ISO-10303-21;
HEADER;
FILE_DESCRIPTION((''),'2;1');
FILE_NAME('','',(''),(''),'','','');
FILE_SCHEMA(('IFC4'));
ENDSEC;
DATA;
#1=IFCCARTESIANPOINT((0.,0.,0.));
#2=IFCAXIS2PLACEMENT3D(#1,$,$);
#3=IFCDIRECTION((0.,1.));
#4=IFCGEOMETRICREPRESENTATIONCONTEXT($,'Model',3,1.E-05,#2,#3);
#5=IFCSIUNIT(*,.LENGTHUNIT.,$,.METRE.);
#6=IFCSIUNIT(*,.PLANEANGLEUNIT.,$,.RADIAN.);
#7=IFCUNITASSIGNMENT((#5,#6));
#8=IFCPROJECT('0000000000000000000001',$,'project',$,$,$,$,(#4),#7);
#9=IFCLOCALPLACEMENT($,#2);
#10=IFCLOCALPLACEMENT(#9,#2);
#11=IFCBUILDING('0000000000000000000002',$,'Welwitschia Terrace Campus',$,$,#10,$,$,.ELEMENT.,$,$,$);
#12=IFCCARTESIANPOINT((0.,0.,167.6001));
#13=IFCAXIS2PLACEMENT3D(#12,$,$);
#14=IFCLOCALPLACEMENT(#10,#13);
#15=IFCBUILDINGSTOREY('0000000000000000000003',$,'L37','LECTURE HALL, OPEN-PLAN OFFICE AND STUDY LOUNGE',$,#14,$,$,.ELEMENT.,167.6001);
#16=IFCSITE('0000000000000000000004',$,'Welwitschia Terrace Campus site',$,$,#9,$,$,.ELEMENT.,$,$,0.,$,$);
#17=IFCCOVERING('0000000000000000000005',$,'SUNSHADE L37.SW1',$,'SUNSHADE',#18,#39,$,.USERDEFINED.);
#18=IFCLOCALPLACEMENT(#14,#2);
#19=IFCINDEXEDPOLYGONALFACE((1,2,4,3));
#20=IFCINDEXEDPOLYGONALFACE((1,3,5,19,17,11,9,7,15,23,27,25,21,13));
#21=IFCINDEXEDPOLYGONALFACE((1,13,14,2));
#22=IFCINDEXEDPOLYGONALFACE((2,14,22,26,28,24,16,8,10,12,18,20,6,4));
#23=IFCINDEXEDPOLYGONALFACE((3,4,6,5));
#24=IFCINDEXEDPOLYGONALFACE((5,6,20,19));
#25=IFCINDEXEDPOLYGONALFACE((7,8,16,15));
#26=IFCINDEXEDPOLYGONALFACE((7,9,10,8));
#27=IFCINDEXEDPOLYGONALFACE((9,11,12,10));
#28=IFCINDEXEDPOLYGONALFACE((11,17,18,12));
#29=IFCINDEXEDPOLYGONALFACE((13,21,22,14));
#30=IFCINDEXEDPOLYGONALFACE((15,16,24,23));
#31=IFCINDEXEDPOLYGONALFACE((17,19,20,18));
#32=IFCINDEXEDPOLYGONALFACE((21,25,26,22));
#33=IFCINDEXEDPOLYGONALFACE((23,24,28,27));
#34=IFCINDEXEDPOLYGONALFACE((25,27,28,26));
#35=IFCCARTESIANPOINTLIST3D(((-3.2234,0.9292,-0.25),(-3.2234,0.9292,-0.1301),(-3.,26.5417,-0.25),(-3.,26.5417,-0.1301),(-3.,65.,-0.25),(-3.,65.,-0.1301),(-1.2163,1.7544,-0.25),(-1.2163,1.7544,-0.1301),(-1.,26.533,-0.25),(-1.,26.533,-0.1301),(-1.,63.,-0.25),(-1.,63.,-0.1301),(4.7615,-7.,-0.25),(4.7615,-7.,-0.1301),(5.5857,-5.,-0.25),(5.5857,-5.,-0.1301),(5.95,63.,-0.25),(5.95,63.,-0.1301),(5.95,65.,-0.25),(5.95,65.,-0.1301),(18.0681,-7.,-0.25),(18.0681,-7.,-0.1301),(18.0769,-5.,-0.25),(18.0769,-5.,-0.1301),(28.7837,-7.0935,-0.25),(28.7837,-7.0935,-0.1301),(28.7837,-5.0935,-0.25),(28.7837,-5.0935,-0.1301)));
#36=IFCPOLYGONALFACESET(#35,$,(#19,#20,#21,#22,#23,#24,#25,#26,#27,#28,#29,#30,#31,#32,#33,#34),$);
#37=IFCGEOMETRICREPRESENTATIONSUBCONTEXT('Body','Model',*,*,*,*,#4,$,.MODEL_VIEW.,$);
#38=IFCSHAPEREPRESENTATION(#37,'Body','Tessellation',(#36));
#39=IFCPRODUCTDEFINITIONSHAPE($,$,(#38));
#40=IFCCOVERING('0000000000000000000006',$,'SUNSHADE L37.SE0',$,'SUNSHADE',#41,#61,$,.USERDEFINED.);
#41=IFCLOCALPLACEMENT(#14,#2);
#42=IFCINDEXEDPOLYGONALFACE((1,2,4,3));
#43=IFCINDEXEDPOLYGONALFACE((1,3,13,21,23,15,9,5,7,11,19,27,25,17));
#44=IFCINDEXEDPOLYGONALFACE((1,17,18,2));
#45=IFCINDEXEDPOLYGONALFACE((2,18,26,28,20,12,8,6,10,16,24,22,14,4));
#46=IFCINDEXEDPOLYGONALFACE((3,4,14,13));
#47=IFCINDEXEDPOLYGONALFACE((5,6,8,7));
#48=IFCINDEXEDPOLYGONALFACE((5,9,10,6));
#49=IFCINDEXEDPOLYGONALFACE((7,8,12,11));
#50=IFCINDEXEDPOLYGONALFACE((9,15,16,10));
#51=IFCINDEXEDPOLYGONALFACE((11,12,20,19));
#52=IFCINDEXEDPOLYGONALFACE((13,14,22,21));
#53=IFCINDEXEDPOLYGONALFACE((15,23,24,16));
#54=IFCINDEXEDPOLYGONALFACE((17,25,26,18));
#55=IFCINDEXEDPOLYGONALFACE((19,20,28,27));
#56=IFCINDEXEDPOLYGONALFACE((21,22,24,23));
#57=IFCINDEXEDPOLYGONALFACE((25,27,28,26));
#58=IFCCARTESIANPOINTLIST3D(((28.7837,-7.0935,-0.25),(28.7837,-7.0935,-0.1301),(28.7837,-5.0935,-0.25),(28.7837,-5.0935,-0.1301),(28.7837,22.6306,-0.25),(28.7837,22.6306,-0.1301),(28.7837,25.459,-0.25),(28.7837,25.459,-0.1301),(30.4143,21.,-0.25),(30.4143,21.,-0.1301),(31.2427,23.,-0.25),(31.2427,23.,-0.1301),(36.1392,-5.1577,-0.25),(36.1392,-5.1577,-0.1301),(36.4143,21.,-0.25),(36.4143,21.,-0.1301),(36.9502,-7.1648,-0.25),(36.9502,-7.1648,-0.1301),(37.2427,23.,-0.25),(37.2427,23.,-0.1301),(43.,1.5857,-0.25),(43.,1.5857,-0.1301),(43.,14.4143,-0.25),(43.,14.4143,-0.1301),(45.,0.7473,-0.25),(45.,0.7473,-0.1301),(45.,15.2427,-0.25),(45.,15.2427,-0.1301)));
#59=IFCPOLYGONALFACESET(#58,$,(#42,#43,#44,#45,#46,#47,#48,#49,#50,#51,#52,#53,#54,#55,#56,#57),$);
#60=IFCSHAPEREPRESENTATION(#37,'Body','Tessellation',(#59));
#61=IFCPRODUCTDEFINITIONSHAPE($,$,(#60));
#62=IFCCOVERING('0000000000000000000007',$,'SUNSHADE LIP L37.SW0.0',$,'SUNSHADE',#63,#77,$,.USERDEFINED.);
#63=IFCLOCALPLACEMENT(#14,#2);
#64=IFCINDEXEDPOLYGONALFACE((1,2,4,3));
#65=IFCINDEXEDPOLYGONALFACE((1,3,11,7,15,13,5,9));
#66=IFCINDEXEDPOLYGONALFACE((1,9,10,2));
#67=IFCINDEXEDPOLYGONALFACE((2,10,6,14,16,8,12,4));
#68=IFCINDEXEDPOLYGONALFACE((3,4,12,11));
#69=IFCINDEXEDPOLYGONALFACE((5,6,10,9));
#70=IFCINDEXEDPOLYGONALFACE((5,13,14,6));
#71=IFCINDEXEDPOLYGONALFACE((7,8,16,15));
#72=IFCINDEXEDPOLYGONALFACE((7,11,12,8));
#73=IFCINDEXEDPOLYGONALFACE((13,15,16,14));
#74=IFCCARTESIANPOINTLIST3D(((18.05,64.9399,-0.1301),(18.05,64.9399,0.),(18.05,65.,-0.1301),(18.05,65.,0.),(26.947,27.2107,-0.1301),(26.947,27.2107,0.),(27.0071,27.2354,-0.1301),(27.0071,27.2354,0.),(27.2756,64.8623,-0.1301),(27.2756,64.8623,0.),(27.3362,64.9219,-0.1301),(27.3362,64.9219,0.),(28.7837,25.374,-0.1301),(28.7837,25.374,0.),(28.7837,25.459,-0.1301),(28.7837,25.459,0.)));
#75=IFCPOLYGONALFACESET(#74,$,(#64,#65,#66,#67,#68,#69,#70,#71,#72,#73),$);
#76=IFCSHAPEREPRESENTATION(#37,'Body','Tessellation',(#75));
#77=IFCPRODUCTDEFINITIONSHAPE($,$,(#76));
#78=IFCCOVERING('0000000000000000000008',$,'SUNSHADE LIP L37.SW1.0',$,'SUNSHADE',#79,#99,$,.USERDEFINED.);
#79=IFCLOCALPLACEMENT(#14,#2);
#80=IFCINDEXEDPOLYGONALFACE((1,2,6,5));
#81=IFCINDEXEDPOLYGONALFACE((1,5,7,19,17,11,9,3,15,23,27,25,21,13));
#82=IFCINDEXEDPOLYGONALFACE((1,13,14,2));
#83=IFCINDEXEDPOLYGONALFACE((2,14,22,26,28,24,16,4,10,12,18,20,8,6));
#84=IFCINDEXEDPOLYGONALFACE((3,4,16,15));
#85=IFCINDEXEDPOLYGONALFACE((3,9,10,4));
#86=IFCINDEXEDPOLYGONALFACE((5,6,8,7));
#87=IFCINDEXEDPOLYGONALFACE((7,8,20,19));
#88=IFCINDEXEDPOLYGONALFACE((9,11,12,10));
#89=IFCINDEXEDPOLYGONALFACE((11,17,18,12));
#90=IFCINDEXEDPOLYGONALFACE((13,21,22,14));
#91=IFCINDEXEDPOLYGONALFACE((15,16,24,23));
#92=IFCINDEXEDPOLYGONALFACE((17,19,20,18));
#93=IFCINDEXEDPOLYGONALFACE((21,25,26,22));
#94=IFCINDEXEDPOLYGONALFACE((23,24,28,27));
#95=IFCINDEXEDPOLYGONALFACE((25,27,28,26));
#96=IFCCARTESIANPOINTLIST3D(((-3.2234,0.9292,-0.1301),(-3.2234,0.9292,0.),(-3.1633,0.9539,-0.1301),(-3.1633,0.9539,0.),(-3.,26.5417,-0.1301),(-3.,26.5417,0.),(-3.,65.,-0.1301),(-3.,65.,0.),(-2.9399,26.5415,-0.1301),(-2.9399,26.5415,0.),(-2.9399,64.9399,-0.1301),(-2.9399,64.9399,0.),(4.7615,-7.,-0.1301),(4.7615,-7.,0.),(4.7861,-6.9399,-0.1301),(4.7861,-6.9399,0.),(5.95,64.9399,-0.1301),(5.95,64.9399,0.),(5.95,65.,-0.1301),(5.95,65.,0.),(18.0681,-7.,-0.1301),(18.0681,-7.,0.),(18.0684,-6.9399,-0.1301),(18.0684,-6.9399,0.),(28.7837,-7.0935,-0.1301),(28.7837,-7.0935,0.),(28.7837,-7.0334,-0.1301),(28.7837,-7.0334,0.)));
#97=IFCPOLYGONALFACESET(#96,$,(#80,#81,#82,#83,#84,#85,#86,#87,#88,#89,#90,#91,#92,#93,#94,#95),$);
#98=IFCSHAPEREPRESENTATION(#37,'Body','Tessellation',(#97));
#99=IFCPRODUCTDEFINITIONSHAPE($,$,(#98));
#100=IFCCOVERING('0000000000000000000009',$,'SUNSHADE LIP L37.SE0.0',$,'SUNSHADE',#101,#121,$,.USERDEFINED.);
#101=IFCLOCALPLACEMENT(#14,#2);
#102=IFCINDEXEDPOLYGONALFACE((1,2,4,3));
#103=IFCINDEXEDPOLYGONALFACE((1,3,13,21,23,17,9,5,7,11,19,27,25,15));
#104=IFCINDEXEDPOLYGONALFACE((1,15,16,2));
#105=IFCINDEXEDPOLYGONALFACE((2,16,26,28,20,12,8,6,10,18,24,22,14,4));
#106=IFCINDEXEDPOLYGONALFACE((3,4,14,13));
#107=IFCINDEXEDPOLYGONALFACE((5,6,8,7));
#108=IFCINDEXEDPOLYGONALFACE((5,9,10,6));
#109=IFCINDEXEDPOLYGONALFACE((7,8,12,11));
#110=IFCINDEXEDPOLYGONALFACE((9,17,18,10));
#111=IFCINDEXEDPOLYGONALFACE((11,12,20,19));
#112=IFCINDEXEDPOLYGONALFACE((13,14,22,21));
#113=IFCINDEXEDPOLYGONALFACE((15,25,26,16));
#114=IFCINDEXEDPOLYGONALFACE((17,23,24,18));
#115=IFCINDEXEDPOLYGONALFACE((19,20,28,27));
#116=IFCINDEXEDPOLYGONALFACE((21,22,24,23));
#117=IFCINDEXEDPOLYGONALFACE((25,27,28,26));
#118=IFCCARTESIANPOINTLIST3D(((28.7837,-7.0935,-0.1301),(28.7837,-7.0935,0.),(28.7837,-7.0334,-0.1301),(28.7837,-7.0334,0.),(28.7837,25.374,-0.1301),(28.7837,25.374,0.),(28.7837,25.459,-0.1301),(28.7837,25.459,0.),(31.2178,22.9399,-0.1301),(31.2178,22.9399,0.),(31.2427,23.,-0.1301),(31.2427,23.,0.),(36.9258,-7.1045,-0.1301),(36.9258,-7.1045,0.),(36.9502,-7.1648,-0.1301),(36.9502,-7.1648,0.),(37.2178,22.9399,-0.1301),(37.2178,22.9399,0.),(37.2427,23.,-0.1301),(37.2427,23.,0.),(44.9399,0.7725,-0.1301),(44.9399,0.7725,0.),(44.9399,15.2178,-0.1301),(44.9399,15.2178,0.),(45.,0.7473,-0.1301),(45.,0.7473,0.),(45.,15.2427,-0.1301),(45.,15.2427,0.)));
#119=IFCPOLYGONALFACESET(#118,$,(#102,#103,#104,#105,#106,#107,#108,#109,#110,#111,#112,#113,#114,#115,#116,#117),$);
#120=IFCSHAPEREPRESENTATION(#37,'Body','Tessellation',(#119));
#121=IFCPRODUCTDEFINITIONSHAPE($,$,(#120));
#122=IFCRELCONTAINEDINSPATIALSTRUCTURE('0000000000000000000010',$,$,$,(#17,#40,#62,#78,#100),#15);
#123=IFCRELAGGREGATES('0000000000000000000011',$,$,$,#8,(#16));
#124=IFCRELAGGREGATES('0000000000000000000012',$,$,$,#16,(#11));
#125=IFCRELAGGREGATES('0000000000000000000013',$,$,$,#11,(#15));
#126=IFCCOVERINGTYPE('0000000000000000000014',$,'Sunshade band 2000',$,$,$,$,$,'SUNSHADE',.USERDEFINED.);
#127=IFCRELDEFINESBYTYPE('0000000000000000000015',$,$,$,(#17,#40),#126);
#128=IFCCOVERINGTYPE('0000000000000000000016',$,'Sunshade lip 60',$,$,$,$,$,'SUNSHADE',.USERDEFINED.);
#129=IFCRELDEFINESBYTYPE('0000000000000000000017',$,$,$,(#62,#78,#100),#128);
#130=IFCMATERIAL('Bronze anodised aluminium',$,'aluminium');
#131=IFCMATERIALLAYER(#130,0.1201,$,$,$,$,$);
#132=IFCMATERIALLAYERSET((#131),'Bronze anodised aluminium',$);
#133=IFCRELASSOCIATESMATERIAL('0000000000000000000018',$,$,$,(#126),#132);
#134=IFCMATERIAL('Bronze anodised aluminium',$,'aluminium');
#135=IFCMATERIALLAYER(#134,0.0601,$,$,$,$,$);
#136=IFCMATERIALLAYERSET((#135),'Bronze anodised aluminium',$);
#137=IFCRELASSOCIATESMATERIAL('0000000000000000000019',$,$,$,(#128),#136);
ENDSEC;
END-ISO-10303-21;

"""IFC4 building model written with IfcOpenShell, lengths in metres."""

from ifc_helpers import new_model, si_unit, direction, frame, origin, place, context, subcontext, project, spatial, polyline, outline, extrude, material, layer, layer_set, type_object, element, save


model = new_model("IFC4")

# Units and contexts
model_context = context("Model", 3, precision=1e-05, world=origin(), true_north=direction((0.0, 1.0)))
body_context = subcontext(model_context, "Body", "Model", "MODEL_VIEW")
ifc_project = project(units=[si_unit("LENGTHUNIT", "METRE"), si_unit("PLANEANGLEUNIT", "RADIAN")], contexts=[model_context])

# Site, building, storey
site_placement = place(None, origin())
site = spatial("IfcSite", under=ifc_project, at=site_placement, Name="Welwitschia Terrace Campus site", CompositionType="ELEMENT", RefElevation=0.0)
building_placement = place(site_placement, origin())
building = spatial("IfcBuilding", under=site, at=building_placement, Name="Welwitschia Terrace Campus", CompositionType="ELEMENT")
storey_placement = place(building_placement, frame((0.0, 0.0, 167.6001)))
storey = spatial("IfcBuildingStorey", under=building, at=storey_placement, Name="L37", Description="LECTURE HALL, OPEN-PLAN OFFICE AND STUDY LOUNGE", CompositionType="ELEMENT", Elevation=167.6001)

# Coverings
ifc_material_1 = material(Name="Bronze anodised aluminium", Category="aluminium")
ifc_layer_1 = layer(ifc_material_1, 0.1201)
ifc_layer_set_1 = layer_set([ifc_layer_1], Name="Bronze anodised aluminium")
covering_type_1 = type_object("IfcCoveringType", Name="Sunshade band 2000", ElementType="SUNSHADE", PredefinedType="USERDEFINED", material=ifc_layer_set_1)
covering_1_placement = place(storey_placement, frame((0.0, 0.0, -0.25)))
element("IfcCovering", 1, at=covering_1_placement, inside=storey, type_object=covering_type_1, Name="SUNSHADE L37.SW1", ObjectType="SUNSHADE", PredefinedType="USERDEFINED", context=body_context, shape_type="SweptSolid", body=[
    extrude(outline(polyline([(18.0681, -7.0), (4.7615, -7.0), (-3.2234, 0.9292), (-3.0, 26.5417), (-3.0, 65.0), (5.95, 65.0), (5.95, 63.0), (-1.0, 63.0), (-1.0, 26.533), (-1.2163, 1.7544), (5.5857, -5.0), (18.0769, -5.0), (28.7837, -5.0935), (28.7837, -7.0935), (18.0681, -7.0)])), origin(), (0.0, 0.0, 1.0), 0.1199),
])
covering_2_placement = place(storey_placement, frame((0.0, 0.0, -0.25)))
element("IfcCovering", 2, at=covering_2_placement, inside=storey, type_object=covering_type_1, Name="SUNSHADE L37.SE0", ObjectType="SUNSHADE", PredefinedType="USERDEFINED", context=body_context, shape_type="SweptSolid", body=[
    extrude(outline(polyline([(31.2427, 23.0), (37.2427, 23.0), (45.0, 15.2427), (45.0, 0.7473), (36.9502, -7.1648), (28.7837, -7.0935), (28.7837, -5.0935), (36.1392, -5.1577), (43.0, 1.5857), (43.0, 14.4143), (36.4143, 21.0), (30.4143, 21.0), (28.7837, 22.6306), (28.7837, 25.459), (31.2427, 23.0)])), origin(), (0.0, 0.0, 1.0), 0.1199),
])
ifc_material_2 = material(Name="Bronze anodised aluminium", Category="aluminium")
ifc_layer_2 = layer(ifc_material_2, 0.0601)
ifc_layer_set_2 = layer_set([ifc_layer_2], Name="Bronze anodised aluminium")
covering_type_2 = type_object("IfcCoveringType", Name="Sunshade lip 60", ElementType="SUNSHADE", PredefinedType="USERDEFINED", material=ifc_layer_set_2)
covering_3_placement = place(storey_placement, frame((0.0, 0.0, -0.1301)))
element("IfcCovering", 3, at=covering_3_placement, inside=storey, type_object=covering_type_2, Name="SUNSHADE LIP L37.SW0.0", ObjectType="SUNSHADE", PredefinedType="USERDEFINED", context=body_context, shape_type="SweptSolid", body=[
    extrude(outline(polyline([(28.7837, 25.374), (26.947, 27.2107), (27.2756, 64.8623), (18.05, 64.9399), (18.05, 65.0), (27.3362, 64.9219), (27.0071, 27.2354), (28.7837, 25.459), (28.7837, 25.374)])), origin(), (0.0, 0.0, 1.0), 0.1301),
])
covering_4_placement = place(storey_placement, frame((0.0, 0.0, -0.1301)))
element("IfcCovering", 4, at=covering_4_placement, inside=storey, type_object=covering_type_2, Name="SUNSHADE LIP L37.SW1.0", ObjectType="SUNSHADE", PredefinedType="USERDEFINED", context=body_context, shape_type="SweptSolid", body=[
    extrude(outline(polyline([(4.7615, -7.0), (-3.2234, 0.9292), (-3.0, 26.5417), (-3.0, 65.0), (5.95, 65.0), (5.95, 64.9399), (-2.9399, 64.9399), (-2.9399, 26.5415), (-3.1633, 0.9539), (4.7861, -6.9399), (18.0684, -6.9399), (28.7837, -7.0334), (28.7837, -7.0935), (18.0681, -7.0), (4.7615, -7.0)])), origin(), (0.0, 0.0, 1.0), 0.1301),
])
covering_5_placement = place(storey_placement, frame((0.0, 0.0, -0.1301)))
element("IfcCovering", 5, at=covering_5_placement, inside=storey, type_object=covering_type_2, Name="SUNSHADE LIP L37.SE0.0", ObjectType="SUNSHADE", PredefinedType="USERDEFINED", context=body_context, shape_type="SweptSolid", body=[
    extrude(outline(polyline([(37.2427, 23.0), (45.0, 15.2427), (45.0, 0.7473), (36.9502, -7.1648), (28.7837, -7.0935), (28.7837, -7.0334), (36.9258, -7.1045), (44.9399, 0.7725), (44.9399, 15.2178), (37.2178, 22.9399), (31.2178, 22.9399), (28.7837, 25.374), (28.7837, 25.459), (31.2427, 23.0), (37.2427, 23.0)])), origin(), (0.0, 0.0, 1.0), 0.1301),
])

save(model, "model.ifc")
